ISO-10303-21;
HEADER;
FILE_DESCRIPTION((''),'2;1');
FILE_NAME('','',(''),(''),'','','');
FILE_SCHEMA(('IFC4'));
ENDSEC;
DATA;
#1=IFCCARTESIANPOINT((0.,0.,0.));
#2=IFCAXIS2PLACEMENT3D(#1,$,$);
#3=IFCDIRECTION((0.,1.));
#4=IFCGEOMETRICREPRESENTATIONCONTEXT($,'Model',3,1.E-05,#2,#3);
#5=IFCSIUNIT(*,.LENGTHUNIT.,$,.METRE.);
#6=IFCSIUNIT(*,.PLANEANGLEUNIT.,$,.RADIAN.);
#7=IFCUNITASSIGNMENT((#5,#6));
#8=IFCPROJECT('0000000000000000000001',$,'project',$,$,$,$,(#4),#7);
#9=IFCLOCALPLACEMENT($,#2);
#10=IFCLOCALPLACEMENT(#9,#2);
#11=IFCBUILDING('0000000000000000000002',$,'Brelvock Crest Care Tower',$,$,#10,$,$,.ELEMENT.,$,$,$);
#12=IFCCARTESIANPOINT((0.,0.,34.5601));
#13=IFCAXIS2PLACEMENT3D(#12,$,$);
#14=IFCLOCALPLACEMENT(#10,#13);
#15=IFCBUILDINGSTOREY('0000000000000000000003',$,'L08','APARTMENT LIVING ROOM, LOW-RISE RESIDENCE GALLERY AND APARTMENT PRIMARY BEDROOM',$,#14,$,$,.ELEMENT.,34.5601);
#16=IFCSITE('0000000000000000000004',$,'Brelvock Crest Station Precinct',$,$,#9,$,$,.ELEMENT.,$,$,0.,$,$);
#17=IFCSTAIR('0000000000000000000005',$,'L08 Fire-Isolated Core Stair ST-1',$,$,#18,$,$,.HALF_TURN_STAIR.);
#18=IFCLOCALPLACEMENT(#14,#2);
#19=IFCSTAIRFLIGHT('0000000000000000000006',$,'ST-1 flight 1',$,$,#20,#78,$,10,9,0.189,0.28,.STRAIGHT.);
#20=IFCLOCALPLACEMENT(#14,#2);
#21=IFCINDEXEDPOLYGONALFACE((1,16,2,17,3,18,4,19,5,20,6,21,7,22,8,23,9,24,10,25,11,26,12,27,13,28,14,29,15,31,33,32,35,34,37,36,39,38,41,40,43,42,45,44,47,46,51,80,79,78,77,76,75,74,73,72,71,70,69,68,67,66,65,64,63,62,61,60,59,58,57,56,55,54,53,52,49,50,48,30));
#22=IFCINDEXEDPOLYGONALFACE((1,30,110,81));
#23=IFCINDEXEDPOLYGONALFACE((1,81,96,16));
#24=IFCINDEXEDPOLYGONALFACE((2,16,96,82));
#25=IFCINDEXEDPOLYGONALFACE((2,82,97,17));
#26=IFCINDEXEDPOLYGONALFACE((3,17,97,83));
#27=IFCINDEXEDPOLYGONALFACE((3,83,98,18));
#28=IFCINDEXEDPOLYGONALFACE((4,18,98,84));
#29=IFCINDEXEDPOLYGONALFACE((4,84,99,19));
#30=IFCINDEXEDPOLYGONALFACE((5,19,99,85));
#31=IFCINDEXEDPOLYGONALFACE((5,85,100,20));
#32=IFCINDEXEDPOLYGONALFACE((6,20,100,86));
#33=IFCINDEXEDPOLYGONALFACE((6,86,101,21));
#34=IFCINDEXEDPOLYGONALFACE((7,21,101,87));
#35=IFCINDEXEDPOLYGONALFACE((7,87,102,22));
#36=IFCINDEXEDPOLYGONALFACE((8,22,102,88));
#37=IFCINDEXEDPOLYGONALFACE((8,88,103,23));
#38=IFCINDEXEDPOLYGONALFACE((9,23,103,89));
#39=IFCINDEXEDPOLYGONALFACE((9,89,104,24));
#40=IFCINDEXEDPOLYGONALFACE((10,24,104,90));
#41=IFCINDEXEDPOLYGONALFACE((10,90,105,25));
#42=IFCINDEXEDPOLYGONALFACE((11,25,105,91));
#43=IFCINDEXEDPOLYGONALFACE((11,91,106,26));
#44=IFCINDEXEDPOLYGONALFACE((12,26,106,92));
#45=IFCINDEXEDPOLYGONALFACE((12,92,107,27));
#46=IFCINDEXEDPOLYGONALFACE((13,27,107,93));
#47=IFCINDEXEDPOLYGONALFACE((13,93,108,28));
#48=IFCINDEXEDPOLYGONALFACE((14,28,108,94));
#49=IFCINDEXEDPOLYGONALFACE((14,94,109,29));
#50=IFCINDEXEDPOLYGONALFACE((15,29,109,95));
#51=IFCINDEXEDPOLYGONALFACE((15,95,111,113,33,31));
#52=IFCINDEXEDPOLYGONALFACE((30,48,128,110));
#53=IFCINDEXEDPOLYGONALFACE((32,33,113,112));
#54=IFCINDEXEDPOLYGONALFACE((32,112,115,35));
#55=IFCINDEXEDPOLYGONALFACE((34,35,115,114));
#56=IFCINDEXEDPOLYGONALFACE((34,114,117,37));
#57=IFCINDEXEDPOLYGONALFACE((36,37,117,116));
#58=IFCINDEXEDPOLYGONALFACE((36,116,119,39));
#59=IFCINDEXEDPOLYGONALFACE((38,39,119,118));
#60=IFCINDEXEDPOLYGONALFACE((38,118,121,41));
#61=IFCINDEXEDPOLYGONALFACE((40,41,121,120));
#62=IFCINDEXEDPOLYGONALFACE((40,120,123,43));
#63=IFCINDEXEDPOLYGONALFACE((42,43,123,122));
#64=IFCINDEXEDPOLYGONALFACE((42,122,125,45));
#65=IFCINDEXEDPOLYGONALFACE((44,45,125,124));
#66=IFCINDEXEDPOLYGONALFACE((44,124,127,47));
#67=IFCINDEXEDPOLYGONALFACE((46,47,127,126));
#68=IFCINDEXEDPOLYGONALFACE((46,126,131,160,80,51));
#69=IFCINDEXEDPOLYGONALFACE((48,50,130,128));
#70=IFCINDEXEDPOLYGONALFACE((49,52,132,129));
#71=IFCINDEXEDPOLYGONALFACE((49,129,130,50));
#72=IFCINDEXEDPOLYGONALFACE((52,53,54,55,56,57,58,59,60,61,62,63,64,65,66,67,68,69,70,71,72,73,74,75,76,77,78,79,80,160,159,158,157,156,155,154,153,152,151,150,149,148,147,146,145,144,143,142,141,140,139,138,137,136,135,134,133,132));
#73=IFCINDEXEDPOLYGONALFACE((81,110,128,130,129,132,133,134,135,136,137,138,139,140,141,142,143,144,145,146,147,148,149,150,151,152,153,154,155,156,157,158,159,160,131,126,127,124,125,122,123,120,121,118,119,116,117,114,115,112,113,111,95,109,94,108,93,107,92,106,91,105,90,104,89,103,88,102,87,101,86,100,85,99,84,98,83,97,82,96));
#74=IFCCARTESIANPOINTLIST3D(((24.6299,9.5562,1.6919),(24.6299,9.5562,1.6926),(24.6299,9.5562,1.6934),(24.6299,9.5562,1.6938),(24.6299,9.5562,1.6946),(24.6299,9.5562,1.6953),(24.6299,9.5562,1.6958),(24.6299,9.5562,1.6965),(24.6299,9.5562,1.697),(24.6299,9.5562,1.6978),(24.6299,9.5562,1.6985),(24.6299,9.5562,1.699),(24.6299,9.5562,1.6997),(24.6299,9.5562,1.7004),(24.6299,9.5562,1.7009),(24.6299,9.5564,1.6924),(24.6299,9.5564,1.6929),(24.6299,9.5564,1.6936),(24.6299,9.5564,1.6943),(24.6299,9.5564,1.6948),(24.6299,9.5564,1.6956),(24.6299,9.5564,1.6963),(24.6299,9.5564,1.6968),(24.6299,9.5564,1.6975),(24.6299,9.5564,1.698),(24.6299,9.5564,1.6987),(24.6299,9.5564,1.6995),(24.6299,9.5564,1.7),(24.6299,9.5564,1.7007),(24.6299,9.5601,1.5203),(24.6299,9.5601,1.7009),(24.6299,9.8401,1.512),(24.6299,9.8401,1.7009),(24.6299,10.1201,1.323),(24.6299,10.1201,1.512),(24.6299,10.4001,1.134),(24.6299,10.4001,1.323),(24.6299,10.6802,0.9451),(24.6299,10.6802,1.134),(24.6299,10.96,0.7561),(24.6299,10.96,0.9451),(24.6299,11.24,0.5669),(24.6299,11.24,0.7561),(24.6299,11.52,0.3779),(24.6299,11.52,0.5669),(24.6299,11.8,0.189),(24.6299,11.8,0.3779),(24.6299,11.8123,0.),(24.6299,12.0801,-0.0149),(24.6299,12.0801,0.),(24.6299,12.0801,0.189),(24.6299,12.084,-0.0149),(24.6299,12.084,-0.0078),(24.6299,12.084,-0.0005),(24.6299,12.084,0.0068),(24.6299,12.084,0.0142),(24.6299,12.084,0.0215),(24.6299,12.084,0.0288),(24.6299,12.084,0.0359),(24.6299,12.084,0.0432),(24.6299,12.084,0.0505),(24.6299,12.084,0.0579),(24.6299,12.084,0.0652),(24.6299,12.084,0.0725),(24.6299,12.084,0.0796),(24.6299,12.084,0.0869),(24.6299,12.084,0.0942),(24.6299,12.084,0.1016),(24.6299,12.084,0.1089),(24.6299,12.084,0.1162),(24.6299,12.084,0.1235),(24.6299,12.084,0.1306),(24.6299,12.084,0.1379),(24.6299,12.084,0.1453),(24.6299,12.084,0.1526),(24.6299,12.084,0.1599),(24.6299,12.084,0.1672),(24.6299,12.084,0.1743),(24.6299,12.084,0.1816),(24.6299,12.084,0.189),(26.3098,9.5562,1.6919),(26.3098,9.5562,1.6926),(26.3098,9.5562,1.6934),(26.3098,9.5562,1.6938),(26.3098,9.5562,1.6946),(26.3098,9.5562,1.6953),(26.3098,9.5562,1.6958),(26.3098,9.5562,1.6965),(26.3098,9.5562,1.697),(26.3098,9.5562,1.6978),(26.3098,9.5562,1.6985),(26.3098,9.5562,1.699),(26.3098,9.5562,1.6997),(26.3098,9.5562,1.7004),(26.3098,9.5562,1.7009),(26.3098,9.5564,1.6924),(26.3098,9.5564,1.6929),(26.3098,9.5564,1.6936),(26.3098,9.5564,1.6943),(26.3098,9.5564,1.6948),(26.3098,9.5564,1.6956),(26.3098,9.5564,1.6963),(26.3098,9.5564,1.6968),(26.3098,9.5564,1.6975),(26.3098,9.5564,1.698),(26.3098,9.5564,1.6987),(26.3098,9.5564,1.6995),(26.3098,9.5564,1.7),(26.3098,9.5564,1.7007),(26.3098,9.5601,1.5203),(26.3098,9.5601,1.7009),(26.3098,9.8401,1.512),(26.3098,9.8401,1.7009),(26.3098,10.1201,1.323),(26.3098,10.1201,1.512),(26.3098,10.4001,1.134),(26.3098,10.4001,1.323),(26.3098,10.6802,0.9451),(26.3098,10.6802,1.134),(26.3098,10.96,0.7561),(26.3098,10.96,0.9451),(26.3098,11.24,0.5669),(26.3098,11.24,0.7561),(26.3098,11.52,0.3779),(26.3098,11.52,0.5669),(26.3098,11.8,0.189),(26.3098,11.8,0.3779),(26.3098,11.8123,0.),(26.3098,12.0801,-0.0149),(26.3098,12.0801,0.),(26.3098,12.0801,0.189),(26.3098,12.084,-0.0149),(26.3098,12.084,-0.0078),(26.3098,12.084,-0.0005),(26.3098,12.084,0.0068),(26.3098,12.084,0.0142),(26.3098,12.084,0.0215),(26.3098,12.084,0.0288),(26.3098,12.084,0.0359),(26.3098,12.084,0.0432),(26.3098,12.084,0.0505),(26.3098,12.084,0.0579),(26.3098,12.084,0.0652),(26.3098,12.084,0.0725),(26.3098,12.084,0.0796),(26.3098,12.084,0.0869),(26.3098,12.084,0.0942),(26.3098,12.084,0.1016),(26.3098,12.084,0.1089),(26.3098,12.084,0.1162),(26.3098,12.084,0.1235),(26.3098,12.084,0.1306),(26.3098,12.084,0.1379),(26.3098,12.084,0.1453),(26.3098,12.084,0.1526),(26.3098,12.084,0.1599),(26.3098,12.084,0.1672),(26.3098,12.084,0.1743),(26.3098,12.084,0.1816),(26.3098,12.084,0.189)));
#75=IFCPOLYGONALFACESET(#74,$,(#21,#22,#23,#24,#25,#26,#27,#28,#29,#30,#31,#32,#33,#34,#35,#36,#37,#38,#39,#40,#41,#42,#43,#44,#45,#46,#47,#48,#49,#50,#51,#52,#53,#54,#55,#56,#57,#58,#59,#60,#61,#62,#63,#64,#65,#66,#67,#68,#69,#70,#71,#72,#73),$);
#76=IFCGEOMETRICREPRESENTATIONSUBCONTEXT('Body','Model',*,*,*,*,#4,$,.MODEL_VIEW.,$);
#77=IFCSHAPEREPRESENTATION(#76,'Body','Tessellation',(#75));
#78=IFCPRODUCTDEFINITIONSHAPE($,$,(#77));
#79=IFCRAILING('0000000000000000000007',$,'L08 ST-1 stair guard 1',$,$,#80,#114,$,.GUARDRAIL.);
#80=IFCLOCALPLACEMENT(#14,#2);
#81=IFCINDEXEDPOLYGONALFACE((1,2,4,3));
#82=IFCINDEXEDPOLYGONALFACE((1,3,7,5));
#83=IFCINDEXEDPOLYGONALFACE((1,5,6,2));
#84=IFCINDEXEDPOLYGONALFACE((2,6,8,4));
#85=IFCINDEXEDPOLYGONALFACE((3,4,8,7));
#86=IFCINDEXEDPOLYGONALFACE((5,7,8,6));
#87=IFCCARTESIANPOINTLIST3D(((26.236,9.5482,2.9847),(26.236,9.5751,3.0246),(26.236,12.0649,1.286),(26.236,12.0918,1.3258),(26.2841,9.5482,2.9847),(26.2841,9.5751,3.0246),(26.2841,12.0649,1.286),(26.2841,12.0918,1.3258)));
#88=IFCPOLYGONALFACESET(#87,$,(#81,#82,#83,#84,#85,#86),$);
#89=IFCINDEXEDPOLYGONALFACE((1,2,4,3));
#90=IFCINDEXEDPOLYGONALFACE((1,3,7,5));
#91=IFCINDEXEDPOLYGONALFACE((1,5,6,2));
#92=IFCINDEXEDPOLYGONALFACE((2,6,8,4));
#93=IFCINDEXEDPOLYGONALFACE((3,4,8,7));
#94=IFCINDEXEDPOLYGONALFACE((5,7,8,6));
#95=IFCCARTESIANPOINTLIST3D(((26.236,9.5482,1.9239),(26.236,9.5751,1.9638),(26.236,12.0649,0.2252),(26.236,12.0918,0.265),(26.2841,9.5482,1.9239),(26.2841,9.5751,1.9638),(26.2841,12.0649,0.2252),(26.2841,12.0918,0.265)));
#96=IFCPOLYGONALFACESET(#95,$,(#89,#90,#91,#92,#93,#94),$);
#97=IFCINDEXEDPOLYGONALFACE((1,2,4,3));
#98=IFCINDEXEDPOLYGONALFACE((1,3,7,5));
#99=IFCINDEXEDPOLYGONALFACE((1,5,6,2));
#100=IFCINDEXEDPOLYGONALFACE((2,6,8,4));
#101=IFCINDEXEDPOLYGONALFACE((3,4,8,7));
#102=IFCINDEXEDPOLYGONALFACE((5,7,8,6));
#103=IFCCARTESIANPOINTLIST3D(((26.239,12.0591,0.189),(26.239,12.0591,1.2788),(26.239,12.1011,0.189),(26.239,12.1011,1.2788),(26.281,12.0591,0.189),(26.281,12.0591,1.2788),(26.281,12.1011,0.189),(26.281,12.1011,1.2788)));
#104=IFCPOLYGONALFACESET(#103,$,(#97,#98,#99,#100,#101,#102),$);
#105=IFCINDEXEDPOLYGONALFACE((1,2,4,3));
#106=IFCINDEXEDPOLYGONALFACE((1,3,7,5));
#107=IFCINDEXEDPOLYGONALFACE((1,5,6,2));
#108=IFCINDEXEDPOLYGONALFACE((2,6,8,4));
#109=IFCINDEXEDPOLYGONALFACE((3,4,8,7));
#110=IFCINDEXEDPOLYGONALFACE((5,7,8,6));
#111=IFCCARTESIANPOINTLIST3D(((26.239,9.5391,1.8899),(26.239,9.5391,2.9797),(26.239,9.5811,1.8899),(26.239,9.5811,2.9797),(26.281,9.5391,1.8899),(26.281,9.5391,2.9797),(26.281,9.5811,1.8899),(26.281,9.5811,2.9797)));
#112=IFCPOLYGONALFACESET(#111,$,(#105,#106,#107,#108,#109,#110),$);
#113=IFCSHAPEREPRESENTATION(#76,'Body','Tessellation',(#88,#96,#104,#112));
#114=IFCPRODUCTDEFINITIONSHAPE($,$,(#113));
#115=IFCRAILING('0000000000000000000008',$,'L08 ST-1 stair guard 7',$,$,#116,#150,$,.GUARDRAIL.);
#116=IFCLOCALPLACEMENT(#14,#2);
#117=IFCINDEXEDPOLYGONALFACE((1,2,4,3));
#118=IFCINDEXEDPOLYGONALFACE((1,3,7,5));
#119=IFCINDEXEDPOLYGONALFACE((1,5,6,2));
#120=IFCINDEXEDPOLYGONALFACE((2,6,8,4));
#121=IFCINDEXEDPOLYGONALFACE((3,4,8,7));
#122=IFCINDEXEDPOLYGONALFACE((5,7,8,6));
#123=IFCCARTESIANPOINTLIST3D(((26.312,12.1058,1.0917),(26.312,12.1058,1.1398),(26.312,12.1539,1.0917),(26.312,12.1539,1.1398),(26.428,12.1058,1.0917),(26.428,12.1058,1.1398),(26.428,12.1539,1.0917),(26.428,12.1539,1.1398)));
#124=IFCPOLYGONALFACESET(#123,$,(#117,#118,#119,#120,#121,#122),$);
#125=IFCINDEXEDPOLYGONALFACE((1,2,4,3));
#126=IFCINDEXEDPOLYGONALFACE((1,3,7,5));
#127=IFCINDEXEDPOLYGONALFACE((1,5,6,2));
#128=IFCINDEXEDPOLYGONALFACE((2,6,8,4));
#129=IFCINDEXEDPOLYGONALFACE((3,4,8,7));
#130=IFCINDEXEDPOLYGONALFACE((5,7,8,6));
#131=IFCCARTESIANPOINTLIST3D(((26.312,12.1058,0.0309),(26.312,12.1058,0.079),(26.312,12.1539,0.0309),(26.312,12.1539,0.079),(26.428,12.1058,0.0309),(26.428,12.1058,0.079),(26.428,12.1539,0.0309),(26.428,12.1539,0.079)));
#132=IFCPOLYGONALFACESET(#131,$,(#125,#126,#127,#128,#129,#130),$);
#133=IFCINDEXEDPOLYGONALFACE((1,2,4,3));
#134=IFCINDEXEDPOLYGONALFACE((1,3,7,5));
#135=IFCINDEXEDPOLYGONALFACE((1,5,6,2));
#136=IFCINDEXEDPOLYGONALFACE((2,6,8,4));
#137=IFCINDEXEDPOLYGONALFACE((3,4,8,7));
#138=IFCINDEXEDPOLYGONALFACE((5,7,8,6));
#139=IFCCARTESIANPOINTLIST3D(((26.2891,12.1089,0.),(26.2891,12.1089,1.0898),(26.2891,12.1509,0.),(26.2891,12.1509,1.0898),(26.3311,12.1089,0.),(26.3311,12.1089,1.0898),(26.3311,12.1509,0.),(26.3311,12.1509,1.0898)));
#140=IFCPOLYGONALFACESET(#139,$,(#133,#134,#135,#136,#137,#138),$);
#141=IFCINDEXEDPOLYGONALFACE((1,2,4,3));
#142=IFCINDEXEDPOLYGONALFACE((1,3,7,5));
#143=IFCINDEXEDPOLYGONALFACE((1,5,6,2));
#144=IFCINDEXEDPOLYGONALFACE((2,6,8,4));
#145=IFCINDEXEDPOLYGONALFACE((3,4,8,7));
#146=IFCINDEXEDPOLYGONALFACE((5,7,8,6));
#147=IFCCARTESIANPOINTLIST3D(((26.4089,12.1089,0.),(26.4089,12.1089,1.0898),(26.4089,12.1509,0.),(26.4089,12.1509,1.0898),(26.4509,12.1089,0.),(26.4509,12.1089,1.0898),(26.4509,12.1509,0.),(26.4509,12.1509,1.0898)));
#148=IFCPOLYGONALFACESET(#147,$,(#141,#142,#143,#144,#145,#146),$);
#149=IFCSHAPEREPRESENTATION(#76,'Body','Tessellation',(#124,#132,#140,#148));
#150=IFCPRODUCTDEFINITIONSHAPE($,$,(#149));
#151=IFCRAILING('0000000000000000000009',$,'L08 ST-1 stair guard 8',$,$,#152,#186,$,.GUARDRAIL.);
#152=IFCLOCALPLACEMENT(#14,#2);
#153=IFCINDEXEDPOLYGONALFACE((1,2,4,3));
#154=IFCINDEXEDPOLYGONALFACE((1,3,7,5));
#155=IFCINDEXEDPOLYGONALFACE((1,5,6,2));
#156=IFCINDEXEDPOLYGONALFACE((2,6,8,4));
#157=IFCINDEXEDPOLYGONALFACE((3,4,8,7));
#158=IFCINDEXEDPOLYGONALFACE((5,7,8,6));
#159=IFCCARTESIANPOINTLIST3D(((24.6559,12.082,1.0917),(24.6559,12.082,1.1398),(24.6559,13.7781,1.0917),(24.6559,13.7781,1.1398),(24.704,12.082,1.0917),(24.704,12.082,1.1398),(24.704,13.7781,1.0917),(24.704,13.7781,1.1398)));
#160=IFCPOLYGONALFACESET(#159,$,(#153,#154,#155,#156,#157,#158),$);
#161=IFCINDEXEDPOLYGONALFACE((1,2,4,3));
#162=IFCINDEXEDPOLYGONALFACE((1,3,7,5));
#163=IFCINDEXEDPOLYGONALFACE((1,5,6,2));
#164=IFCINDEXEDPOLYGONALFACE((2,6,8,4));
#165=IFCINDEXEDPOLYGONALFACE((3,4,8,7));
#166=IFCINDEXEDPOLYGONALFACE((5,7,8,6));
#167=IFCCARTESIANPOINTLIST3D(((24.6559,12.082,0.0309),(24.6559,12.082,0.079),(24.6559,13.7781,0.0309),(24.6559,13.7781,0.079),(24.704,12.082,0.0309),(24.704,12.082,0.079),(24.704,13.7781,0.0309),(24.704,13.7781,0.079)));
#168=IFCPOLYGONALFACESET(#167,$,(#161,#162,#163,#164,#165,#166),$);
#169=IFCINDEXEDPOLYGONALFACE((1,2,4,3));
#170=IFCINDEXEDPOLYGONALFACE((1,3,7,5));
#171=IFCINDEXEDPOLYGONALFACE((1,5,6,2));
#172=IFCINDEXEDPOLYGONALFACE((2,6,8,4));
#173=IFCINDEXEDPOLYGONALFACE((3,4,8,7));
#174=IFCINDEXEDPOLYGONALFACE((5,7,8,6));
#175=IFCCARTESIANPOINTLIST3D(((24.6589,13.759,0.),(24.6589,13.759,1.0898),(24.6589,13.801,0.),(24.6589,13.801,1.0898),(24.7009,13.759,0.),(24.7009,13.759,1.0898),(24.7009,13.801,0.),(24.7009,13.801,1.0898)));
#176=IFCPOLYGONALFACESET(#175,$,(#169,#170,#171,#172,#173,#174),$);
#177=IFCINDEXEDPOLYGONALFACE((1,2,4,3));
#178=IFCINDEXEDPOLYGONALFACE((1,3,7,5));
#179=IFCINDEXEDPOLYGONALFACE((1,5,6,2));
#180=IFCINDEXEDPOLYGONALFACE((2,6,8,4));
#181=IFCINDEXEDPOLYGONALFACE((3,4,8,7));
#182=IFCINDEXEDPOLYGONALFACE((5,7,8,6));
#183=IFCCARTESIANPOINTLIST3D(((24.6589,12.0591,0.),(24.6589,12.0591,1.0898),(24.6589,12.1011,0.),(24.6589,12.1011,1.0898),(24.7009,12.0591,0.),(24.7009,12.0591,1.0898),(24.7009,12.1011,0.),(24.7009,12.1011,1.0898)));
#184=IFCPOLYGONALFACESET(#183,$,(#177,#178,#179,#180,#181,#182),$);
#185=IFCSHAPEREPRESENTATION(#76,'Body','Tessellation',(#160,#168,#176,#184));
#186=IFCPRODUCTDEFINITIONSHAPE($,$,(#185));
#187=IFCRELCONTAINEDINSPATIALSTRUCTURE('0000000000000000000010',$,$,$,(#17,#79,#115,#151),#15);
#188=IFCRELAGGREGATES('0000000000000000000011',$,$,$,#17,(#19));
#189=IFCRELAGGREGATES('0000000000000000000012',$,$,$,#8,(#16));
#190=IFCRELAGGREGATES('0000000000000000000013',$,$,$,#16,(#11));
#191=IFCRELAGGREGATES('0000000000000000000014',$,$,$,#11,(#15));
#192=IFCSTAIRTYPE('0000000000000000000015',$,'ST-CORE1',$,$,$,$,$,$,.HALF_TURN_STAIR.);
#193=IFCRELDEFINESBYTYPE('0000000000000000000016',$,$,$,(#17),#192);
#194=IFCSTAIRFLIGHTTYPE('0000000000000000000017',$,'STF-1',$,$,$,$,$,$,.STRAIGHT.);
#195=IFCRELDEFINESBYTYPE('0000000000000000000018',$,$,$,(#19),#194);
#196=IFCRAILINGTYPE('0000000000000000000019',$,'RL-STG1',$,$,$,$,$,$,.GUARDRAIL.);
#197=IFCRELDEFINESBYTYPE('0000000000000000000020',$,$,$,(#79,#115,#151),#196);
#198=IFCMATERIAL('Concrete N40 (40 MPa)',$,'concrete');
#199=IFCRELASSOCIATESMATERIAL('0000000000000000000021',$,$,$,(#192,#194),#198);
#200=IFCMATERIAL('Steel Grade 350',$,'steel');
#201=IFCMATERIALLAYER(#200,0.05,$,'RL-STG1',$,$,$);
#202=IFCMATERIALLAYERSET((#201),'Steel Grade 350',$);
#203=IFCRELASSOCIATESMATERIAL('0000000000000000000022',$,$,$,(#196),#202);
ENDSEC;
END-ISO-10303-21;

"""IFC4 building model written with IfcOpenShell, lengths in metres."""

from ifc_helpers import new_model, si_unit, direction, frame, origin, origin_2d, place, context, subcontext, project, spatial, polyline, rectangle, outline, extrude, material, layer, layer_set, type_object, element, aggregate, save


model = new_model("IFC4")

# Units and contexts
model_context = context("Model", 3, precision=1e-05, world=origin(), true_north=direction((0.0, 1.0)))
body_context = subcontext(model_context, "Body", "Model", "MODEL_VIEW")
ifc_project = project(units=[si_unit("LENGTHUNIT", "METRE"), si_unit("PLANEANGLEUNIT", "RADIAN")], contexts=[model_context])

# Site, building, storey
site_placement = place(None, origin())
site = spatial("IfcSite", under=ifc_project, at=site_placement, Name="Brelvock Crest Station Precinct", CompositionType="ELEMENT", RefElevation=0.0)
building_placement = place(site_placement, origin())
building = spatial("IfcBuilding", under=site, at=building_placement, Name="Brelvock Crest Care Tower", CompositionType="ELEMENT")
storey_placement = place(building_placement, frame((0.0, 0.0, 34.5601)))
storey = spatial("IfcBuildingStorey", under=building, at=storey_placement, Name="L08", Description="APARTMENT LIVING ROOM, LOW-RISE RESIDENCE GALLERY AND APARTMENT PRIMARY BEDROOM", CompositionType="ELEMENT", Elevation=34.5601)

# Shared definitions
ifc_material_1 = material(Name="Steel Grade 350", Category="steel")

# Stair, stair flight
ifc_material_2 = material(Name="Concrete N40 (40 MPa)", Category="concrete")
stair_type = type_object("IfcStairType", Name="ST-CORE1", PredefinedType="HALF_TURN_STAIR", material=ifc_material_2)
stair_placement = place(storey_placement, origin())
stair = element("IfcStair", 1, at=stair_placement, inside=storey, type_object=stair_type, Name="L08 Fire-Isolated Core Stair ST-1", PredefinedType="HALF_TURN_STAIR")
stair_flight_type = type_object("IfcStairFlightType", Name="STF-1", PredefinedType="STRAIGHT", material=ifc_material_2)
stair_flight_placement = place(storey_placement, frame((25.47, 12.0801, 0.0), z_axis=(0.0, 0.0, 1.0), x_axis=(0.0, -1.0, 0.0)))
stair_flight = element("IfcStairFlight", 2, at=stair_flight_placement, type_object=stair_flight_type, Name="ST-1 flight 1", NumberOfRisers=10, NumberOfTreads=9, PredefinedType="STRAIGHT", RiserHeight=0.189, TreadLength=0.28, context=body_context, shape_type="SweptSolid", body=[
    extrude(outline(polyline([(-0.0039, -0.0149), (-0.0039, -0.0078), (-0.0039, -0.0005), (-0.0039, 0.0068), (-0.0039, 0.0142), (-0.0039, 0.0215), (-0.0039, 0.0288), (-0.0039, 0.0359), (-0.0039, 0.0432), (-0.0039, 0.0505), (-0.0039, 0.0579), (-0.0039, 0.0652), (-0.0039, 0.0725), (-0.0039, 0.0796), (-0.0039, 0.0869), (-0.0039, 0.0942), (-0.0039, 0.1016), (-0.0039, 0.1089), (-0.0039, 0.1162), (-0.0039, 0.1235), (-0.0039, 0.1306), (-0.0039, 0.1379), (-0.0039, 0.1453), (-0.0039, 0.1526), (-0.0039, 0.1599), (-0.0039, 0.1672), (-0.0039, 0.1743), (-0.0039, 0.1816), (-0.0039, 0.189), (0.0, 0.189), (0.28, 0.189), (0.28, 0.3779), (0.5601, 0.3779), (0.5601, 0.5669), (0.8401, 0.5669), (0.8401, 0.7561), (1.1201, 0.7561), (1.1201, 0.9451), (1.3999, 0.9451), (1.3999, 1.134), (1.6799, 1.134), (1.6799, 1.323), (1.96, 1.323), (1.96, 1.512), (2.24, 1.512), (2.24, 1.7009), (2.52, 1.7009), (2.5239, 1.7009), (2.5237, 1.7007), (2.5239, 1.7004), (2.5237, 1.7), (2.5239, 1.6997), (2.5237, 1.6995), (2.5239, 1.699), (2.5237, 1.6987), (2.5239, 1.6985), (2.5237, 1.698), (2.5239, 1.6978), (2.5237, 1.6975), (2.5239, 1.697), (2.5237, 1.6968), (2.5239, 1.6965), (2.5237, 1.6963), (2.5239, 1.6958), (2.5237, 1.6956), (2.5239, 1.6953), (2.5237, 1.6948), (2.5239, 1.6946), (2.5237, 1.6943), (2.5239, 1.6938), (2.5237, 1.6936), (2.5239, 1.6934), (2.5237, 1.6929), (2.5239, 1.6926), (2.5237, 1.6924), (2.5239, 1.6919), (2.52, 1.5203), (0.2678, 0.0), (0.0, 0.0), (0.0, -0.0149), (-0.0039, -0.0149)])), frame((0.0, 0.8398, 0.0), z_axis=(0.0, -1.0, 0.0), x_axis=(1.0, 0.0, 0.0)), (0.0, 0.0, 1.0), 1.6799),
])
aggregate(stair, [stair_flight])

# Railings
ifc_layer_1 = layer(ifc_material_1, 0.05, Name="RL-STG1")
ifc_layer_set_1 = layer_set([ifc_layer_1], Name="Steel Grade 350")
railing_type_1 = type_object("IfcRailingType", Name="RL-STG1", PredefinedType="GUARDRAIL", material=ifc_layer_set_1)
railing_1_placement = place(storey_placement, frame((26.26, 12.0801, 0.189)))
element("IfcRailing", 3, at=railing_1_placement, inside=storey, type_object=railing_type_1, Name="L08 ST-1 stair guard 1", PredefinedType="GUARDRAIL", context=body_context, shape_type="SweptSolid", body=[
    extrude(rectangle(XDim=0.0481, YDim=0.0481, at=origin_2d()), frame((0.0, -0.0017, 1.1169), z_axis=(0.0, -0.828862, 0.559454), x_axis=(1.0, 0.0, 0.0)), (0.0, 0.0, 1.0), 3.0364),
    extrude(rectangle(XDim=0.0481, YDim=0.0481, at=origin_2d()), frame((0.0, -0.0017, 0.0562), z_axis=(0.0, -0.828862, 0.559454), x_axis=(1.0, 0.0, 0.0)), (0.0, 0.0, 1.0), 3.0364),
    extrude(rectangle(XDim=0.042, YDim=0.042, at=origin_2d()), origin(), (0.0, 0.0, 1.0), 1.0898),
    extrude(rectangle(XDim=0.042, YDim=0.042, at=origin_2d()), frame((0.0, -2.52, 1.7009)), (0.0, 0.0, 1.0), 1.0898),
])
railing_2_placement = place(storey_placement, frame((26.3101, 12.1299, 0.0)))
element("IfcRailing", 4, at=railing_2_placement, inside=storey, type_object=railing_type_1, Name="L08 ST-1 stair guard 7", PredefinedType="GUARDRAIL", context=body_context, shape_type="SweptSolid", body=[
    extrude(rectangle(XDim=0.0481, YDim=0.0481, at=origin_2d()), frame((0.002, 0.0, 1.1157), z_axis=(1.0, 0.0, 0.0), x_axis=(0.0, 1.0, 0.0)), (0.0, 0.0, 1.0), 0.116),
    extrude(rectangle(XDim=0.0481, YDim=0.0481, at=origin_2d()), frame((0.002, 0.0, 0.0549), z_axis=(1.0, 0.0, 0.0), x_axis=(0.0, 1.0, 0.0)), (0.0, 0.0, 1.0), 0.116),
    extrude(rectangle(XDim=0.042, YDim=0.042, at=origin_2d()), origin(), (0.0, 0.0, 1.0), 1.0898),
    extrude(rectangle(XDim=0.042, YDim=0.042, at=origin_2d()), frame((0.1199, 0.0, 0.0)), (0.0, 0.0, 1.0), 1.0898),
])
for number, where, name in (
    (5, (24.6799, 13.78, 0.0), "L08 ST-1 stair guard 8"),
):
    element("IfcRailing", number, at=place(storey_placement, frame(where)), inside=storey, type_object=railing_type_1, Name=name, PredefinedType="GUARDRAIL", context=body_context, shape_type="SweptSolid", body=[
        extrude(rectangle(XDim=0.0481, YDim=0.0481, at=origin_2d()), frame((0.0, -0.002, 1.1157), z_axis=(0.0, -1.0, 0.0), x_axis=(1.0, 0.0, 0.0)), (0.0, 0.0, 1.0), 1.696),
        extrude(rectangle(XDim=0.0481, YDim=0.0481, at=origin_2d()), frame((0.0, -0.002, 0.0549), z_axis=(0.0, -1.0, 0.0), x_axis=(1.0, 0.0, 0.0)), (0.0, 0.0, 1.0), 1.696),
        extrude(rectangle(XDim=0.042, YDim=0.042, at=origin_2d()), origin(), (0.0, 0.0, 1.0), 1.0898),
        extrude(rectangle(XDim=0.042, YDim=0.042, at=origin_2d()), frame((0.0, -1.7, 0.0)), (0.0, 0.0, 1.0), 1.0898),
    ])

save(model, "model.ifc")
